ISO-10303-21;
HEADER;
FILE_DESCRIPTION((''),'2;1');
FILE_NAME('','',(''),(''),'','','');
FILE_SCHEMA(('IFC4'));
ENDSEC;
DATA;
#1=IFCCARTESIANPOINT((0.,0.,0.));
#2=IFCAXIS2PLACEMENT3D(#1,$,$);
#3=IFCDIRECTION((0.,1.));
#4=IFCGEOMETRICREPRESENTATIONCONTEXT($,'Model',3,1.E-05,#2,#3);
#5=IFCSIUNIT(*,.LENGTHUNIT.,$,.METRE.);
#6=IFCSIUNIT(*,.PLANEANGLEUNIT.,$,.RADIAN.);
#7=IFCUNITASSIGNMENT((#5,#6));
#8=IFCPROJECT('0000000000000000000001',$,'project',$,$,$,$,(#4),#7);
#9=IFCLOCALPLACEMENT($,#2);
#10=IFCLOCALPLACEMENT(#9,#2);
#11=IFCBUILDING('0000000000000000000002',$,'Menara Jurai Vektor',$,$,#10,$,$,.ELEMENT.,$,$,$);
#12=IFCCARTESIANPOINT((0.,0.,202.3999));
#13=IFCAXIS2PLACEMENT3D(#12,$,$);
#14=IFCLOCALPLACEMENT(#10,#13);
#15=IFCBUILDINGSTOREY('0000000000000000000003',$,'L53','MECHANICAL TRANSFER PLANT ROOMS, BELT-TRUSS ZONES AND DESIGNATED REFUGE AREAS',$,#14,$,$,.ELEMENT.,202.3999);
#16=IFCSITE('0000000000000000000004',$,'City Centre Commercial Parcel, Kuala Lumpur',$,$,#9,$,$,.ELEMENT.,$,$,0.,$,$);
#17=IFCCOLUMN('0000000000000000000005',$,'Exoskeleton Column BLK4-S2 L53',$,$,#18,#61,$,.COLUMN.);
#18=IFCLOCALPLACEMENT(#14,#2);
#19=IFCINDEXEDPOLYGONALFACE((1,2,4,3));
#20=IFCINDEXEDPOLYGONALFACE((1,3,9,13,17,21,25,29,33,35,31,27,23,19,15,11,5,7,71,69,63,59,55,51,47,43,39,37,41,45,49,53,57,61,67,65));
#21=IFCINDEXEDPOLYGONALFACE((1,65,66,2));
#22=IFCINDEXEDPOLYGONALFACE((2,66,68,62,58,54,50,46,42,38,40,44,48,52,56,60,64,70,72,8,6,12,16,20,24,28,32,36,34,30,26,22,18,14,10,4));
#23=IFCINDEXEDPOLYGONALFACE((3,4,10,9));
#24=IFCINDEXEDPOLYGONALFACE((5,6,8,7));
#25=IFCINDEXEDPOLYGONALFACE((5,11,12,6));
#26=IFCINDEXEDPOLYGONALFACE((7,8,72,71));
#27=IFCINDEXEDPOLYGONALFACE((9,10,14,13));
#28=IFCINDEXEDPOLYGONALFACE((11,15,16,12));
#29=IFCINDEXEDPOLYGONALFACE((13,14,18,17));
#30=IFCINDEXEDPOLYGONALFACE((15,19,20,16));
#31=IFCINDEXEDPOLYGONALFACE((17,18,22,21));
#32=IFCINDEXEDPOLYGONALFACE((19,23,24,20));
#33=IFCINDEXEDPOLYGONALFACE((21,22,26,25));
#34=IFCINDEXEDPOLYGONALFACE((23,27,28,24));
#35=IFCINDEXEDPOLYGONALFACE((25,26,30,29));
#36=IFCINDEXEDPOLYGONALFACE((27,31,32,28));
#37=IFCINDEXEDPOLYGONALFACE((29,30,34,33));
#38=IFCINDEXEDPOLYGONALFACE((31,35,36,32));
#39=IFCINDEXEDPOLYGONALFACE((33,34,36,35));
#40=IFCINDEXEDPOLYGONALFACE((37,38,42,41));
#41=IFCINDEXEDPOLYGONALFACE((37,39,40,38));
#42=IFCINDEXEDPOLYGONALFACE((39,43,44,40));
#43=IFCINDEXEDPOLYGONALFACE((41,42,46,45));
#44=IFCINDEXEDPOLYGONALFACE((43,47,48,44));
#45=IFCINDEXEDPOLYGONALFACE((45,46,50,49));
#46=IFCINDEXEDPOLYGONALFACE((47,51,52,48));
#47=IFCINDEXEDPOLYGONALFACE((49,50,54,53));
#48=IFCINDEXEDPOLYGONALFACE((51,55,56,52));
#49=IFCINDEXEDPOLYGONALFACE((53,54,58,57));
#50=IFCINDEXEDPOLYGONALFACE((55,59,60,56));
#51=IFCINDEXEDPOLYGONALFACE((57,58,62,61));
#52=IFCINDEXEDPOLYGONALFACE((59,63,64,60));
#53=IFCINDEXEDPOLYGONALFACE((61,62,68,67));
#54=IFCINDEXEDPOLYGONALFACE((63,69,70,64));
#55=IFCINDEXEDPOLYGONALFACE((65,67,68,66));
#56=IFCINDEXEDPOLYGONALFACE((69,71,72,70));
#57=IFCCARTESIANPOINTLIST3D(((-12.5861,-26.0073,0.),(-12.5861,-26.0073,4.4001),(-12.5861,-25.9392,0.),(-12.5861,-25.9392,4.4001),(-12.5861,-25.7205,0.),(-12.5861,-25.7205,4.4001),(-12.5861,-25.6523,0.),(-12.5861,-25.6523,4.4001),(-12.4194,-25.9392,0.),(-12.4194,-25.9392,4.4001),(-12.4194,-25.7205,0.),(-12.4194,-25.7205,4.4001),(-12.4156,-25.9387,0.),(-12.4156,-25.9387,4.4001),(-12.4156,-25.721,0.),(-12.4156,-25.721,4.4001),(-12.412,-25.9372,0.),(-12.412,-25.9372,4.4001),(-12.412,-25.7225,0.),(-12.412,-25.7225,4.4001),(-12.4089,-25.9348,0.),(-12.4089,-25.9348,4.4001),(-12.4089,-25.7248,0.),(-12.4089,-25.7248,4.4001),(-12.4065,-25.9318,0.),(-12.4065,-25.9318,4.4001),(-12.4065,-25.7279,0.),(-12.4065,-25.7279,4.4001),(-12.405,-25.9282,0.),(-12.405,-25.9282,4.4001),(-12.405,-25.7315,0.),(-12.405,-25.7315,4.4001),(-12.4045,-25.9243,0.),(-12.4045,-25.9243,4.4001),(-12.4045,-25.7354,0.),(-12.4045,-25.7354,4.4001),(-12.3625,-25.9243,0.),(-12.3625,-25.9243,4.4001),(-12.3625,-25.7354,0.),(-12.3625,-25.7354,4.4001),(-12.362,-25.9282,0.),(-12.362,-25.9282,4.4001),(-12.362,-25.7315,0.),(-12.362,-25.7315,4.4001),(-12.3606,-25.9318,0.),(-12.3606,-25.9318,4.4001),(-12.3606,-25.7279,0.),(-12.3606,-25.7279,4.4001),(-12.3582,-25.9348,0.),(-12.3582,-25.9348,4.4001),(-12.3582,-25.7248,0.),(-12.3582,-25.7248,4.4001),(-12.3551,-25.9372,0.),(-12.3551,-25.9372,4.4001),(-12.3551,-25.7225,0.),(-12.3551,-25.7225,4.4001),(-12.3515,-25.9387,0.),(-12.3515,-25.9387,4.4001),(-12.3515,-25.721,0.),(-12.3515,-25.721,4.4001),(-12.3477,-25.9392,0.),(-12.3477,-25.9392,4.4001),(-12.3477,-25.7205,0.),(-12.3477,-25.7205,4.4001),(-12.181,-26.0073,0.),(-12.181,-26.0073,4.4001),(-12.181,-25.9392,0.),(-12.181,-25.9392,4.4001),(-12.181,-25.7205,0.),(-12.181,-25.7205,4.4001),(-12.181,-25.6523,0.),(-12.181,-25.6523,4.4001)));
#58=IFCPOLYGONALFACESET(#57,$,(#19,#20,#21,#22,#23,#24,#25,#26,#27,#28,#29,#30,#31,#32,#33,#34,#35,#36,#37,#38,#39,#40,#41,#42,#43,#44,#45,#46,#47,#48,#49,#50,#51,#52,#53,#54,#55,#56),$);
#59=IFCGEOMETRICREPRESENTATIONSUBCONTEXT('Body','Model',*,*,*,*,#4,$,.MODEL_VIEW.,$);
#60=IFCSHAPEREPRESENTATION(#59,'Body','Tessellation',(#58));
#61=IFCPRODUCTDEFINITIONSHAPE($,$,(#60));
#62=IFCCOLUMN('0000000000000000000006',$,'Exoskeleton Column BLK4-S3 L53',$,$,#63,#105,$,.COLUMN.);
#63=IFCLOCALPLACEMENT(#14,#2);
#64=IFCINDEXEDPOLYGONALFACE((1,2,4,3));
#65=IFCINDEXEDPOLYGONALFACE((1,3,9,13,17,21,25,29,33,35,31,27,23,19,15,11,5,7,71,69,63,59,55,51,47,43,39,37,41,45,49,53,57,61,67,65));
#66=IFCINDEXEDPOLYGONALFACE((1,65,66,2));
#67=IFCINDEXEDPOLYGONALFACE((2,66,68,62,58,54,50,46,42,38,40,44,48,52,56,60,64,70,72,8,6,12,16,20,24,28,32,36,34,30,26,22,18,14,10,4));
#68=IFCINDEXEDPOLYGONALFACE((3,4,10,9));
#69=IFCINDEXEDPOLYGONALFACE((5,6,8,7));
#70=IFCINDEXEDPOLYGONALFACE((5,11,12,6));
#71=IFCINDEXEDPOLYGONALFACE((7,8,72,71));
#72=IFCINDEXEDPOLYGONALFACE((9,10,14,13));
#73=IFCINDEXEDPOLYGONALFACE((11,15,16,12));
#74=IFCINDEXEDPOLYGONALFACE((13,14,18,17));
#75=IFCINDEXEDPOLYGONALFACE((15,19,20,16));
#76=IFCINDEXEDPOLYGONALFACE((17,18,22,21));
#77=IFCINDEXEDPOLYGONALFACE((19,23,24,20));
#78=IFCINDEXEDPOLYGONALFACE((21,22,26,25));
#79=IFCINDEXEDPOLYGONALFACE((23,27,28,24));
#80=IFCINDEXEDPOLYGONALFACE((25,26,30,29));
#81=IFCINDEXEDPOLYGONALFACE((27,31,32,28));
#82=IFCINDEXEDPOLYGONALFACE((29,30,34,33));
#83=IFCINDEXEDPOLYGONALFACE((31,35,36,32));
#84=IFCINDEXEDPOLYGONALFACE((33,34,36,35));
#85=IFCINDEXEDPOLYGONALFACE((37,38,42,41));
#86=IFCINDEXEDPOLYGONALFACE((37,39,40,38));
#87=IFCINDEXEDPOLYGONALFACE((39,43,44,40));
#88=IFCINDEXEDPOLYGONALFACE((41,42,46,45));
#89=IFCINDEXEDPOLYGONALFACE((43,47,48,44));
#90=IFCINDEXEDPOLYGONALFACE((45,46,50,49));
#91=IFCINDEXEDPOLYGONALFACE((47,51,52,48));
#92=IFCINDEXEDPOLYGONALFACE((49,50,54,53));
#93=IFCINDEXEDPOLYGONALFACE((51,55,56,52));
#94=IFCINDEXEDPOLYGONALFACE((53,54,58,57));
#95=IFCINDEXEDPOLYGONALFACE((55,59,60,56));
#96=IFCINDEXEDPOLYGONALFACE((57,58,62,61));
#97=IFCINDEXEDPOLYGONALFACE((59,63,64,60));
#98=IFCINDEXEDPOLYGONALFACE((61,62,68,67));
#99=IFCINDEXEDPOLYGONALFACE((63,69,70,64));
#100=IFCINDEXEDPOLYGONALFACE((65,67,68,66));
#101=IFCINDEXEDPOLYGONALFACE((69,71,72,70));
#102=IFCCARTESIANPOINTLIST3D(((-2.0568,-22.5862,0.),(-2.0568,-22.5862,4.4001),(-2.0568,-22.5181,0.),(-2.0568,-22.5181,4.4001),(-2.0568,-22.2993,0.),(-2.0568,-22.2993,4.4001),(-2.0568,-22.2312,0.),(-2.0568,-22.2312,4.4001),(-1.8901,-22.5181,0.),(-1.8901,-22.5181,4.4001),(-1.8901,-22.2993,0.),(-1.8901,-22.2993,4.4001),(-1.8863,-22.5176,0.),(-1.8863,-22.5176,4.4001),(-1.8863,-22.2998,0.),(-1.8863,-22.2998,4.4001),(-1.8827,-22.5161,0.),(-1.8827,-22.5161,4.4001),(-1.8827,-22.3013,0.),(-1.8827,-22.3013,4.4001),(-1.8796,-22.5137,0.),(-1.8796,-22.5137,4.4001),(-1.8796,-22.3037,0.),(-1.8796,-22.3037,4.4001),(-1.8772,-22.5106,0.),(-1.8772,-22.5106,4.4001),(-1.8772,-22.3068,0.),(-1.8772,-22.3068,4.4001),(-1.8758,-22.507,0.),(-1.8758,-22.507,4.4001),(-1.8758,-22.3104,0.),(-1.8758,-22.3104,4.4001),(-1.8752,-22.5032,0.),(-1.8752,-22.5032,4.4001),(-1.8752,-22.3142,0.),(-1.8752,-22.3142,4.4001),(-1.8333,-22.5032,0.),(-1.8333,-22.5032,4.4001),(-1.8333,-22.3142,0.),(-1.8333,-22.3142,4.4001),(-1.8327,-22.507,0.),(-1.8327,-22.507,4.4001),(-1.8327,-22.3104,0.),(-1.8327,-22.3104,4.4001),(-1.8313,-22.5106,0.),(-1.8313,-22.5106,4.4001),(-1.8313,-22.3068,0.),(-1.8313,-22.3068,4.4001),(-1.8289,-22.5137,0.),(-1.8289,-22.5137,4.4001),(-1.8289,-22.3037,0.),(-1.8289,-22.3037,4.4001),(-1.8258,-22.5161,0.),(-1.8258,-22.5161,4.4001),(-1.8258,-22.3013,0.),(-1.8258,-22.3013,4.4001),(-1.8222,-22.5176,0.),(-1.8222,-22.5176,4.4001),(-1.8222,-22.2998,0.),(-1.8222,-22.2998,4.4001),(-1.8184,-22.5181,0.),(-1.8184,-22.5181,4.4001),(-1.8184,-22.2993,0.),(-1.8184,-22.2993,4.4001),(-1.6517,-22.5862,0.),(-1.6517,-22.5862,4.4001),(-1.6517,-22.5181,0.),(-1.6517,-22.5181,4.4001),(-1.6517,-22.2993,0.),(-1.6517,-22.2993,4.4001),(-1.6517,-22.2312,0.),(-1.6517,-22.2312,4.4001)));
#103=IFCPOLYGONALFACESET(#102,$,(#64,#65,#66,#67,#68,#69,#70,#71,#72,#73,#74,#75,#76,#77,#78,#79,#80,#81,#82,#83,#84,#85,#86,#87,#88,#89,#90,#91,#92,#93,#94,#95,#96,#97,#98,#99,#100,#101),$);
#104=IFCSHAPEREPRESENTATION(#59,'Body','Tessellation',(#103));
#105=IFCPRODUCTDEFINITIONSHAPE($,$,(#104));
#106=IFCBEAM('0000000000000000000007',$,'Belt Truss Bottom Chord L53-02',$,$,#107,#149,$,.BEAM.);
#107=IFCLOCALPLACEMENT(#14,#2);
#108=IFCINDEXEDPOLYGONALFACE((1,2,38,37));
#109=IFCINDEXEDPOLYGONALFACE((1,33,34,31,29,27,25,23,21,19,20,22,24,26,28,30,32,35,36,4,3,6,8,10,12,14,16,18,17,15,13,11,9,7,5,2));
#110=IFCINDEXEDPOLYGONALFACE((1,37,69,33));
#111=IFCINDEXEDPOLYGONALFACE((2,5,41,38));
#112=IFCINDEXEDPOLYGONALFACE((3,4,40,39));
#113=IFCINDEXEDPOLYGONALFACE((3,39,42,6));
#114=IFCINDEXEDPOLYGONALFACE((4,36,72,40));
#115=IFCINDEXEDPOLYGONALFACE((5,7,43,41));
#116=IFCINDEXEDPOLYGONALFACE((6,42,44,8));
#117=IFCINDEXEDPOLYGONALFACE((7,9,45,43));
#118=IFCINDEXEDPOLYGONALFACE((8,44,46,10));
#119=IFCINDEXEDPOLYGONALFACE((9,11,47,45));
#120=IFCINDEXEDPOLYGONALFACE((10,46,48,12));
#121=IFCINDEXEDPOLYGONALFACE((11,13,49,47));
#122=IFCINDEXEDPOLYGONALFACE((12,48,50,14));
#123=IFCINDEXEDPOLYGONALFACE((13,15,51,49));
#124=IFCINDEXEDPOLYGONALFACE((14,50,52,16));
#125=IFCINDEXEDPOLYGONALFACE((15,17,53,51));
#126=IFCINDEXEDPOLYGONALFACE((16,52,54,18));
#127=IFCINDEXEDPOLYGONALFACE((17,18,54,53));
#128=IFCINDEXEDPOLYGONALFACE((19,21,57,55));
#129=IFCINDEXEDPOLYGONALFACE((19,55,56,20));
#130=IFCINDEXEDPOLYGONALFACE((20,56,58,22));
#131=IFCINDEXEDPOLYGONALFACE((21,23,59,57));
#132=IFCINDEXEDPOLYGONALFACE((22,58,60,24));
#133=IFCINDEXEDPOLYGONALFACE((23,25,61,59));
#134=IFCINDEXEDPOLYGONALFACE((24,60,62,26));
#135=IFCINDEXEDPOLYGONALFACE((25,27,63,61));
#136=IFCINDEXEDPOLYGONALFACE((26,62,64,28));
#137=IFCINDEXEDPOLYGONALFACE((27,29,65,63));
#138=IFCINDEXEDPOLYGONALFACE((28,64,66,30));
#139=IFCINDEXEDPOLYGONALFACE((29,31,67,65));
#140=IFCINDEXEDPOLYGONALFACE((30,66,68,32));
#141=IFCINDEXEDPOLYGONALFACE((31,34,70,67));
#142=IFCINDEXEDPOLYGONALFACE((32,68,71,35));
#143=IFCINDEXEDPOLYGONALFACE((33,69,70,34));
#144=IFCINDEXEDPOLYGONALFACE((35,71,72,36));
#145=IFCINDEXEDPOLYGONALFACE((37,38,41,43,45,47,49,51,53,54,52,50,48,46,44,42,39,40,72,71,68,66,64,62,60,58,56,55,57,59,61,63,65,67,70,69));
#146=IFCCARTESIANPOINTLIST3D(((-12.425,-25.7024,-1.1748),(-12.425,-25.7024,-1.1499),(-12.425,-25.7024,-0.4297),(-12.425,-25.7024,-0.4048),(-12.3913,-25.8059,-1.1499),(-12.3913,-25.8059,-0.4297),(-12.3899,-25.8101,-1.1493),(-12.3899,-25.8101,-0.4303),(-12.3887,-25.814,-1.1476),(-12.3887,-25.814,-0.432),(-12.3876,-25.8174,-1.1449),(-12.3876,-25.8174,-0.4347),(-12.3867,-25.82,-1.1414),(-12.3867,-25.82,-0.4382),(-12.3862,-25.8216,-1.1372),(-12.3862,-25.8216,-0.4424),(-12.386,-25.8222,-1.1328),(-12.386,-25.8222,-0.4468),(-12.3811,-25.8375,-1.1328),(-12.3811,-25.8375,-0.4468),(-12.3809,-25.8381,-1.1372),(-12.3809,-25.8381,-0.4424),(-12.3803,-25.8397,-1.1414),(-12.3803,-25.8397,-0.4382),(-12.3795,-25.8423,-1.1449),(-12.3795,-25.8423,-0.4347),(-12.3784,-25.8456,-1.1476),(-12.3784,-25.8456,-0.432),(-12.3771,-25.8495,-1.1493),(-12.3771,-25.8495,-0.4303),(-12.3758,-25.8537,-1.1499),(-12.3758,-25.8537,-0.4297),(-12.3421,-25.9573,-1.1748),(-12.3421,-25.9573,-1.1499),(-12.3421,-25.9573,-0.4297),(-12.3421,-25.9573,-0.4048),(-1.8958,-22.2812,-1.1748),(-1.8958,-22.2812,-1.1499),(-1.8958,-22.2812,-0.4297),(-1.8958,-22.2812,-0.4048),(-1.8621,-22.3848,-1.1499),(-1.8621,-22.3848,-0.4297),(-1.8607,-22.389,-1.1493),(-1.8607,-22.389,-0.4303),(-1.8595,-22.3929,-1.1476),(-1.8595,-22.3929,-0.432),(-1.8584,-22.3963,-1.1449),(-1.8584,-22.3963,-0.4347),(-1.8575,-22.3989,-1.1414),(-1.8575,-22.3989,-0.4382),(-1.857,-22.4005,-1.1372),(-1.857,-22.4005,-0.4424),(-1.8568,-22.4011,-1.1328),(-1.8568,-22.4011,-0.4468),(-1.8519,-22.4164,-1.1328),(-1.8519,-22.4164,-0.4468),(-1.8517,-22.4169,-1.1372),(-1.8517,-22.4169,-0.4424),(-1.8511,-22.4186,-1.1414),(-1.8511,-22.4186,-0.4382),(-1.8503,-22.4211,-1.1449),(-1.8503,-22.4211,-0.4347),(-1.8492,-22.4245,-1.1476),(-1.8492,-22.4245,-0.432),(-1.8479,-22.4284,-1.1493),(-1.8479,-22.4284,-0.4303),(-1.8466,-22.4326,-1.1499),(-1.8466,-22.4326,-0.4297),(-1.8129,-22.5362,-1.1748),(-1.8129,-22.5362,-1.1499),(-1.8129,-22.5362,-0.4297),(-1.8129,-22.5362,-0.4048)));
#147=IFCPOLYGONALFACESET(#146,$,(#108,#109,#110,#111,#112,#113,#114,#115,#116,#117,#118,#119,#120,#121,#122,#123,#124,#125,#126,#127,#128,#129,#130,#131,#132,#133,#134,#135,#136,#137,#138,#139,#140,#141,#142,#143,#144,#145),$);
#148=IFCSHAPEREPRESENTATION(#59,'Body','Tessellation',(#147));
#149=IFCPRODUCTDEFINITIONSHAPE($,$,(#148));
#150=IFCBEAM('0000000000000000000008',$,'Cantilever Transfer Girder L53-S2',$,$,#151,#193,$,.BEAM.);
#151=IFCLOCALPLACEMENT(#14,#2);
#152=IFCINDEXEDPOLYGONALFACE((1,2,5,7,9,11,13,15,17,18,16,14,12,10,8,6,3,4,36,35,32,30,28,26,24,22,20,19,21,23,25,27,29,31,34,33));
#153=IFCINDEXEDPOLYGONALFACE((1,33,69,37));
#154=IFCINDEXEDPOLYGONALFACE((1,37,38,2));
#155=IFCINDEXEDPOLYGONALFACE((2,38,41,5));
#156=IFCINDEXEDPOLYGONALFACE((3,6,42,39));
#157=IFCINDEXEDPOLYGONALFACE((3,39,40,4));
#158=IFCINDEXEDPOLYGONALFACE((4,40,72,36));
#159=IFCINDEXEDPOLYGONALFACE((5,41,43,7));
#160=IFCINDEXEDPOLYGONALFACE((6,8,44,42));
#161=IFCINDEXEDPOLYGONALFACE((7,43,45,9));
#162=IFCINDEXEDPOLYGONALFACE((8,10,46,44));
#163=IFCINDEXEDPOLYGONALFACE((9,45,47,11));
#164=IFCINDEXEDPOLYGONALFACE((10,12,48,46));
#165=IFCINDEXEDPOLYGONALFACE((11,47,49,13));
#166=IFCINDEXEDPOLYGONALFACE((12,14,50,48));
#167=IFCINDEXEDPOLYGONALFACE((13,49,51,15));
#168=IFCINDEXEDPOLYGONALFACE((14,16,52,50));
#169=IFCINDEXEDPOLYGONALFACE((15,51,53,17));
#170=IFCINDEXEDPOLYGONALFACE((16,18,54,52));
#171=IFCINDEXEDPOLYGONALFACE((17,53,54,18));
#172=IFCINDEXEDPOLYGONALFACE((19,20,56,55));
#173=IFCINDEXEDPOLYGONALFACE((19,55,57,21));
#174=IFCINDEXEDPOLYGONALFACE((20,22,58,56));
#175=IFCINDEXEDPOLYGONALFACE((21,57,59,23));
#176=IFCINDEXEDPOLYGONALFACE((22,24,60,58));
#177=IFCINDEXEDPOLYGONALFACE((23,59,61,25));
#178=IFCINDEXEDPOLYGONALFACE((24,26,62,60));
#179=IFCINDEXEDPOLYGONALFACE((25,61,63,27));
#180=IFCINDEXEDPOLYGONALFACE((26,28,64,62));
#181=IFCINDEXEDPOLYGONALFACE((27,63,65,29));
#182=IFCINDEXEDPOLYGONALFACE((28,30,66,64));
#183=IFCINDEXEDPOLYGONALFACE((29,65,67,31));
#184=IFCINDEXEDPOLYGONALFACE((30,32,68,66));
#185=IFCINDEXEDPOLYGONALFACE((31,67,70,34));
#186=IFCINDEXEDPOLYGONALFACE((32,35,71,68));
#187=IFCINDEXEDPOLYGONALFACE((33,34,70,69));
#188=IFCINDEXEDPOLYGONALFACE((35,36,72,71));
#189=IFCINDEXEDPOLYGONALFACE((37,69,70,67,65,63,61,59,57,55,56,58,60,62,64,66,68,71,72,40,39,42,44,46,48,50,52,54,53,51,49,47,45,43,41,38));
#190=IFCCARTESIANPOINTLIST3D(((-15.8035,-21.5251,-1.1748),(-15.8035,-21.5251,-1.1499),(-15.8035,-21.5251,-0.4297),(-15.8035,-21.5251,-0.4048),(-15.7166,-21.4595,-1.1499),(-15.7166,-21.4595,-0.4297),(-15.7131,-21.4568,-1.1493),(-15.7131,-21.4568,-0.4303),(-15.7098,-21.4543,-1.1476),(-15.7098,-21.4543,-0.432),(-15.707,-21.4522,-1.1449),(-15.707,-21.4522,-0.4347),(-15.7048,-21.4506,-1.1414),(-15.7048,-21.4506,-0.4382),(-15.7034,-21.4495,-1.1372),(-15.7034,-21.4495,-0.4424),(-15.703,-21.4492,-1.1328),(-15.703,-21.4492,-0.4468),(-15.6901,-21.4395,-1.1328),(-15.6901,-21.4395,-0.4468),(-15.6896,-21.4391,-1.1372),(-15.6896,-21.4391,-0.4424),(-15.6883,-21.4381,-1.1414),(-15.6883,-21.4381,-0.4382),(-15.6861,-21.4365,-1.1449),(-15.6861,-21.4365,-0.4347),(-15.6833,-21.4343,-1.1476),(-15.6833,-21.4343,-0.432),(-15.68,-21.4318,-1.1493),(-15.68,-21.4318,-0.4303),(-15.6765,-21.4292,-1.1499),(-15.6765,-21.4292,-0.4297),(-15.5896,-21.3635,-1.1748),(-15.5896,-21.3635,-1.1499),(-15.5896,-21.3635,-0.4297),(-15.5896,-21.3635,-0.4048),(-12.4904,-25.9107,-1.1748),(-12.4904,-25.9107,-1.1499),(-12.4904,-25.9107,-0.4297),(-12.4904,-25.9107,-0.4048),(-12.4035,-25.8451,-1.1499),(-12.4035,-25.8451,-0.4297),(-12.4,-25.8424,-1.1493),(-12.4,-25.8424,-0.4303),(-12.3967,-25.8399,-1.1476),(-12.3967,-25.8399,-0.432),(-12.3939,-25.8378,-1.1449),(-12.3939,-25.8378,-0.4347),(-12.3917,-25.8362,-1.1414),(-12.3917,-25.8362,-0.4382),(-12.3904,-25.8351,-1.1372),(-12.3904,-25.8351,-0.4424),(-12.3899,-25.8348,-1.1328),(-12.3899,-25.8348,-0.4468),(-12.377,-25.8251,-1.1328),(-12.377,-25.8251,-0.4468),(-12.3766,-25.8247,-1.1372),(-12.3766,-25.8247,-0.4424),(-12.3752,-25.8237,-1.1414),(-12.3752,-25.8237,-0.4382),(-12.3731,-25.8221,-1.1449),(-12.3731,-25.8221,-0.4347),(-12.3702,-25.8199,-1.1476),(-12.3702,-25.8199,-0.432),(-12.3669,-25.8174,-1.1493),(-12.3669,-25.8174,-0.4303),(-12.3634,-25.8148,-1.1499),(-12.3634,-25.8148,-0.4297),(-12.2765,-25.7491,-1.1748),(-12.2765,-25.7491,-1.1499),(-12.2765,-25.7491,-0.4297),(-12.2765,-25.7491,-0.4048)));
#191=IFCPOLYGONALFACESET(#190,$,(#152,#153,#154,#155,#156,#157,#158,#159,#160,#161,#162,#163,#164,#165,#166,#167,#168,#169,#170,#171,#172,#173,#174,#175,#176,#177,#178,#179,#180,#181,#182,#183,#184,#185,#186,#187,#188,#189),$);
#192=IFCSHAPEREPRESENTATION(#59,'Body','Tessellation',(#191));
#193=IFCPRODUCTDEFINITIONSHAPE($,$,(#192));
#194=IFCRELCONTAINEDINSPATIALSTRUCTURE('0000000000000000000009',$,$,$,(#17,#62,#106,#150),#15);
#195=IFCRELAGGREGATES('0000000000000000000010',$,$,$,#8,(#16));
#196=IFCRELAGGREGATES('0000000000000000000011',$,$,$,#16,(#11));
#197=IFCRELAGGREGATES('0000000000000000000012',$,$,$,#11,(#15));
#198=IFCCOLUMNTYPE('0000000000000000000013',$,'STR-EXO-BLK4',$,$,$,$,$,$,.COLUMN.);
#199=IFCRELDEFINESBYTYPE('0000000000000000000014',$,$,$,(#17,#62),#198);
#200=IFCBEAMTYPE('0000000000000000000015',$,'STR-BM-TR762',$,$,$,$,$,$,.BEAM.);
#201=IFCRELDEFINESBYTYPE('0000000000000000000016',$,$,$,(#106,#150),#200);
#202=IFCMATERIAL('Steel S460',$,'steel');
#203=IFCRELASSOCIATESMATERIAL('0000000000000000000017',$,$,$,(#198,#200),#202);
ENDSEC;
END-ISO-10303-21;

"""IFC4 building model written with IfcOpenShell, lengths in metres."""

from ifc_helpers import new_model, si_unit, direction, frame, origin, origin_2d, place, context, subcontext, project, spatial, i_section, extrude, material, material_profile, profile_set, type_object, element, save


model = new_model("IFC4")

# Units and contexts
model_context = context("Model", 3, precision=1e-05, world=origin(), true_north=direction((0.0, 1.0)))
body_context = subcontext(model_context, "Body", "Model", "MODEL_VIEW")
ifc_project = project(units=[si_unit("LENGTHUNIT", "METRE"), si_unit("PLANEANGLEUNIT", "RADIAN")], contexts=[model_context])

# Site, building, storey
site_placement = place(None, origin())
site = spatial("IfcSite", under=ifc_project, at=site_placement, Name="City Centre Commercial Parcel, Kuala Lumpur", CompositionType="ELEMENT", RefElevation=0.0)
building_placement = place(site_placement, origin())
building = spatial("IfcBuilding", under=site, at=building_placement, Name="Menara Jurai Vektor", CompositionType="ELEMENT")
storey_placement = place(building_placement, frame((0.0, 0.0, 202.3999)))
storey = spatial("IfcBuildingStorey", under=building, at=storey_placement, Name="L53", Description="MECHANICAL TRANSFER PLANT ROOMS, BELT-TRUSS ZONES AND DESIGNATED REFUGE AREAS", CompositionType="ELEMENT", Elevation=202.3999)

# Columns
ifc_material_1 = material(Name="Steel S460", Category="steel")
ifc_material_profile_1 = material_profile(ifc_material_1, i_section(OverallWidth=0.405, OverallDepth=0.355, WebThickness=0.042, FlangeThickness=0.0681, FilletRadius=0.0149, at=origin_2d()), Name="HD 400x551")
ifc_profile_set_1 = profile_set([ifc_material_profile_1], Name="Steel S460")
column_type = type_object("IfcColumnType", Name="STR-EXO-BLK4", PredefinedType="COLUMN", material=ifc_profile_set_1)
for number, where, z_axis, x_axis, name in (
    (1, (-12.3835, -25.8298, 0.0), (0.0, 0.0, 1.0), (1.0, 0.0, 0.0), "Exoskeleton Column BLK4-S2 L53"),
    (2, (-1.8542, -22.4087, 0.0), (0.0, 0.0, 1.0), (1.0, 0.0, 0.0), "Exoskeleton Column BLK4-S3 L53"),
):
    element("IfcColumn", number, at=place(storey_placement, frame(where, z_axis=z_axis, x_axis=x_axis)), inside=storey, type_object=column_type, Name=name, PredefinedType="COLUMN", context=body_context, shape_type="SweptSolid", body=[
        extrude(i_section(OverallWidth=0.405, OverallDepth=0.355, WebThickness=0.042, FlangeThickness=0.0681, FilletRadius=0.0149, at=origin_2d()), origin(), (0.0, 0.0, 1.0), 4.4001),
    ])

# Beams
ifc_material_profile_2 = material_profile(ifc_material_1, i_section(OverallWidth=0.2681, OverallDepth=0.77, WebThickness=0.0161, FlangeThickness=0.0249, FilletRadius=0.0171, at=origin_2d()), Name="UKB 762x267x197")
ifc_profile_set_2 = profile_set([ifc_material_profile_2], Name="Steel S460")
beam_type_1 = type_object("IfcBeamType", Name="STR-BM-TR762", PredefinedType="BEAM", material=ifc_profile_set_2)
beam_1_placement = place(storey_placement, frame((-12.3835, -25.8298, -0.7898), z_axis=(0.951057, 0.309014, 0.0), x_axis=(-0.309014, 0.951057, 0.0)))
element("IfcBeam", 3, at=beam_1_placement, inside=storey, type_object=beam_type_1, Name="Belt Truss Bottom Chord L53-02", PredefinedType="BEAM", context=body_context, shape_type="SweptSolid", body=[
    extrude(i_section(OverallWidth=0.2681, OverallDepth=0.77, WebThickness=0.0161, FlangeThickness=0.0249, FilletRadius=0.0171, at=origin_2d()), origin(), (0.0, 0.0, 1.0), 11.071),
])
beam_2_placement = place(storey_placement, frame((-15.6965, -21.4443, -0.7898), z_axis=(0.602775, -0.797911, 0.0), x_axis=(0.797911, 0.602775, 0.0)))
element("IfcBeam", 4, at=beam_2_placement, inside=storey, type_object=beam_type_1, Name="Cantilever Transfer Girder L53-S2", PredefinedType="BEAM", context=body_context, shape_type="SweptSolid", body=[
    extrude(i_section(OverallWidth=0.2681, OverallDepth=0.77, WebThickness=0.0161, FlangeThickness=0.0249, FilletRadius=0.0171, at=origin_2d()), origin(), (0.0, 0.0, 1.0), 5.4963),
])

save(model, "model.ifc")
